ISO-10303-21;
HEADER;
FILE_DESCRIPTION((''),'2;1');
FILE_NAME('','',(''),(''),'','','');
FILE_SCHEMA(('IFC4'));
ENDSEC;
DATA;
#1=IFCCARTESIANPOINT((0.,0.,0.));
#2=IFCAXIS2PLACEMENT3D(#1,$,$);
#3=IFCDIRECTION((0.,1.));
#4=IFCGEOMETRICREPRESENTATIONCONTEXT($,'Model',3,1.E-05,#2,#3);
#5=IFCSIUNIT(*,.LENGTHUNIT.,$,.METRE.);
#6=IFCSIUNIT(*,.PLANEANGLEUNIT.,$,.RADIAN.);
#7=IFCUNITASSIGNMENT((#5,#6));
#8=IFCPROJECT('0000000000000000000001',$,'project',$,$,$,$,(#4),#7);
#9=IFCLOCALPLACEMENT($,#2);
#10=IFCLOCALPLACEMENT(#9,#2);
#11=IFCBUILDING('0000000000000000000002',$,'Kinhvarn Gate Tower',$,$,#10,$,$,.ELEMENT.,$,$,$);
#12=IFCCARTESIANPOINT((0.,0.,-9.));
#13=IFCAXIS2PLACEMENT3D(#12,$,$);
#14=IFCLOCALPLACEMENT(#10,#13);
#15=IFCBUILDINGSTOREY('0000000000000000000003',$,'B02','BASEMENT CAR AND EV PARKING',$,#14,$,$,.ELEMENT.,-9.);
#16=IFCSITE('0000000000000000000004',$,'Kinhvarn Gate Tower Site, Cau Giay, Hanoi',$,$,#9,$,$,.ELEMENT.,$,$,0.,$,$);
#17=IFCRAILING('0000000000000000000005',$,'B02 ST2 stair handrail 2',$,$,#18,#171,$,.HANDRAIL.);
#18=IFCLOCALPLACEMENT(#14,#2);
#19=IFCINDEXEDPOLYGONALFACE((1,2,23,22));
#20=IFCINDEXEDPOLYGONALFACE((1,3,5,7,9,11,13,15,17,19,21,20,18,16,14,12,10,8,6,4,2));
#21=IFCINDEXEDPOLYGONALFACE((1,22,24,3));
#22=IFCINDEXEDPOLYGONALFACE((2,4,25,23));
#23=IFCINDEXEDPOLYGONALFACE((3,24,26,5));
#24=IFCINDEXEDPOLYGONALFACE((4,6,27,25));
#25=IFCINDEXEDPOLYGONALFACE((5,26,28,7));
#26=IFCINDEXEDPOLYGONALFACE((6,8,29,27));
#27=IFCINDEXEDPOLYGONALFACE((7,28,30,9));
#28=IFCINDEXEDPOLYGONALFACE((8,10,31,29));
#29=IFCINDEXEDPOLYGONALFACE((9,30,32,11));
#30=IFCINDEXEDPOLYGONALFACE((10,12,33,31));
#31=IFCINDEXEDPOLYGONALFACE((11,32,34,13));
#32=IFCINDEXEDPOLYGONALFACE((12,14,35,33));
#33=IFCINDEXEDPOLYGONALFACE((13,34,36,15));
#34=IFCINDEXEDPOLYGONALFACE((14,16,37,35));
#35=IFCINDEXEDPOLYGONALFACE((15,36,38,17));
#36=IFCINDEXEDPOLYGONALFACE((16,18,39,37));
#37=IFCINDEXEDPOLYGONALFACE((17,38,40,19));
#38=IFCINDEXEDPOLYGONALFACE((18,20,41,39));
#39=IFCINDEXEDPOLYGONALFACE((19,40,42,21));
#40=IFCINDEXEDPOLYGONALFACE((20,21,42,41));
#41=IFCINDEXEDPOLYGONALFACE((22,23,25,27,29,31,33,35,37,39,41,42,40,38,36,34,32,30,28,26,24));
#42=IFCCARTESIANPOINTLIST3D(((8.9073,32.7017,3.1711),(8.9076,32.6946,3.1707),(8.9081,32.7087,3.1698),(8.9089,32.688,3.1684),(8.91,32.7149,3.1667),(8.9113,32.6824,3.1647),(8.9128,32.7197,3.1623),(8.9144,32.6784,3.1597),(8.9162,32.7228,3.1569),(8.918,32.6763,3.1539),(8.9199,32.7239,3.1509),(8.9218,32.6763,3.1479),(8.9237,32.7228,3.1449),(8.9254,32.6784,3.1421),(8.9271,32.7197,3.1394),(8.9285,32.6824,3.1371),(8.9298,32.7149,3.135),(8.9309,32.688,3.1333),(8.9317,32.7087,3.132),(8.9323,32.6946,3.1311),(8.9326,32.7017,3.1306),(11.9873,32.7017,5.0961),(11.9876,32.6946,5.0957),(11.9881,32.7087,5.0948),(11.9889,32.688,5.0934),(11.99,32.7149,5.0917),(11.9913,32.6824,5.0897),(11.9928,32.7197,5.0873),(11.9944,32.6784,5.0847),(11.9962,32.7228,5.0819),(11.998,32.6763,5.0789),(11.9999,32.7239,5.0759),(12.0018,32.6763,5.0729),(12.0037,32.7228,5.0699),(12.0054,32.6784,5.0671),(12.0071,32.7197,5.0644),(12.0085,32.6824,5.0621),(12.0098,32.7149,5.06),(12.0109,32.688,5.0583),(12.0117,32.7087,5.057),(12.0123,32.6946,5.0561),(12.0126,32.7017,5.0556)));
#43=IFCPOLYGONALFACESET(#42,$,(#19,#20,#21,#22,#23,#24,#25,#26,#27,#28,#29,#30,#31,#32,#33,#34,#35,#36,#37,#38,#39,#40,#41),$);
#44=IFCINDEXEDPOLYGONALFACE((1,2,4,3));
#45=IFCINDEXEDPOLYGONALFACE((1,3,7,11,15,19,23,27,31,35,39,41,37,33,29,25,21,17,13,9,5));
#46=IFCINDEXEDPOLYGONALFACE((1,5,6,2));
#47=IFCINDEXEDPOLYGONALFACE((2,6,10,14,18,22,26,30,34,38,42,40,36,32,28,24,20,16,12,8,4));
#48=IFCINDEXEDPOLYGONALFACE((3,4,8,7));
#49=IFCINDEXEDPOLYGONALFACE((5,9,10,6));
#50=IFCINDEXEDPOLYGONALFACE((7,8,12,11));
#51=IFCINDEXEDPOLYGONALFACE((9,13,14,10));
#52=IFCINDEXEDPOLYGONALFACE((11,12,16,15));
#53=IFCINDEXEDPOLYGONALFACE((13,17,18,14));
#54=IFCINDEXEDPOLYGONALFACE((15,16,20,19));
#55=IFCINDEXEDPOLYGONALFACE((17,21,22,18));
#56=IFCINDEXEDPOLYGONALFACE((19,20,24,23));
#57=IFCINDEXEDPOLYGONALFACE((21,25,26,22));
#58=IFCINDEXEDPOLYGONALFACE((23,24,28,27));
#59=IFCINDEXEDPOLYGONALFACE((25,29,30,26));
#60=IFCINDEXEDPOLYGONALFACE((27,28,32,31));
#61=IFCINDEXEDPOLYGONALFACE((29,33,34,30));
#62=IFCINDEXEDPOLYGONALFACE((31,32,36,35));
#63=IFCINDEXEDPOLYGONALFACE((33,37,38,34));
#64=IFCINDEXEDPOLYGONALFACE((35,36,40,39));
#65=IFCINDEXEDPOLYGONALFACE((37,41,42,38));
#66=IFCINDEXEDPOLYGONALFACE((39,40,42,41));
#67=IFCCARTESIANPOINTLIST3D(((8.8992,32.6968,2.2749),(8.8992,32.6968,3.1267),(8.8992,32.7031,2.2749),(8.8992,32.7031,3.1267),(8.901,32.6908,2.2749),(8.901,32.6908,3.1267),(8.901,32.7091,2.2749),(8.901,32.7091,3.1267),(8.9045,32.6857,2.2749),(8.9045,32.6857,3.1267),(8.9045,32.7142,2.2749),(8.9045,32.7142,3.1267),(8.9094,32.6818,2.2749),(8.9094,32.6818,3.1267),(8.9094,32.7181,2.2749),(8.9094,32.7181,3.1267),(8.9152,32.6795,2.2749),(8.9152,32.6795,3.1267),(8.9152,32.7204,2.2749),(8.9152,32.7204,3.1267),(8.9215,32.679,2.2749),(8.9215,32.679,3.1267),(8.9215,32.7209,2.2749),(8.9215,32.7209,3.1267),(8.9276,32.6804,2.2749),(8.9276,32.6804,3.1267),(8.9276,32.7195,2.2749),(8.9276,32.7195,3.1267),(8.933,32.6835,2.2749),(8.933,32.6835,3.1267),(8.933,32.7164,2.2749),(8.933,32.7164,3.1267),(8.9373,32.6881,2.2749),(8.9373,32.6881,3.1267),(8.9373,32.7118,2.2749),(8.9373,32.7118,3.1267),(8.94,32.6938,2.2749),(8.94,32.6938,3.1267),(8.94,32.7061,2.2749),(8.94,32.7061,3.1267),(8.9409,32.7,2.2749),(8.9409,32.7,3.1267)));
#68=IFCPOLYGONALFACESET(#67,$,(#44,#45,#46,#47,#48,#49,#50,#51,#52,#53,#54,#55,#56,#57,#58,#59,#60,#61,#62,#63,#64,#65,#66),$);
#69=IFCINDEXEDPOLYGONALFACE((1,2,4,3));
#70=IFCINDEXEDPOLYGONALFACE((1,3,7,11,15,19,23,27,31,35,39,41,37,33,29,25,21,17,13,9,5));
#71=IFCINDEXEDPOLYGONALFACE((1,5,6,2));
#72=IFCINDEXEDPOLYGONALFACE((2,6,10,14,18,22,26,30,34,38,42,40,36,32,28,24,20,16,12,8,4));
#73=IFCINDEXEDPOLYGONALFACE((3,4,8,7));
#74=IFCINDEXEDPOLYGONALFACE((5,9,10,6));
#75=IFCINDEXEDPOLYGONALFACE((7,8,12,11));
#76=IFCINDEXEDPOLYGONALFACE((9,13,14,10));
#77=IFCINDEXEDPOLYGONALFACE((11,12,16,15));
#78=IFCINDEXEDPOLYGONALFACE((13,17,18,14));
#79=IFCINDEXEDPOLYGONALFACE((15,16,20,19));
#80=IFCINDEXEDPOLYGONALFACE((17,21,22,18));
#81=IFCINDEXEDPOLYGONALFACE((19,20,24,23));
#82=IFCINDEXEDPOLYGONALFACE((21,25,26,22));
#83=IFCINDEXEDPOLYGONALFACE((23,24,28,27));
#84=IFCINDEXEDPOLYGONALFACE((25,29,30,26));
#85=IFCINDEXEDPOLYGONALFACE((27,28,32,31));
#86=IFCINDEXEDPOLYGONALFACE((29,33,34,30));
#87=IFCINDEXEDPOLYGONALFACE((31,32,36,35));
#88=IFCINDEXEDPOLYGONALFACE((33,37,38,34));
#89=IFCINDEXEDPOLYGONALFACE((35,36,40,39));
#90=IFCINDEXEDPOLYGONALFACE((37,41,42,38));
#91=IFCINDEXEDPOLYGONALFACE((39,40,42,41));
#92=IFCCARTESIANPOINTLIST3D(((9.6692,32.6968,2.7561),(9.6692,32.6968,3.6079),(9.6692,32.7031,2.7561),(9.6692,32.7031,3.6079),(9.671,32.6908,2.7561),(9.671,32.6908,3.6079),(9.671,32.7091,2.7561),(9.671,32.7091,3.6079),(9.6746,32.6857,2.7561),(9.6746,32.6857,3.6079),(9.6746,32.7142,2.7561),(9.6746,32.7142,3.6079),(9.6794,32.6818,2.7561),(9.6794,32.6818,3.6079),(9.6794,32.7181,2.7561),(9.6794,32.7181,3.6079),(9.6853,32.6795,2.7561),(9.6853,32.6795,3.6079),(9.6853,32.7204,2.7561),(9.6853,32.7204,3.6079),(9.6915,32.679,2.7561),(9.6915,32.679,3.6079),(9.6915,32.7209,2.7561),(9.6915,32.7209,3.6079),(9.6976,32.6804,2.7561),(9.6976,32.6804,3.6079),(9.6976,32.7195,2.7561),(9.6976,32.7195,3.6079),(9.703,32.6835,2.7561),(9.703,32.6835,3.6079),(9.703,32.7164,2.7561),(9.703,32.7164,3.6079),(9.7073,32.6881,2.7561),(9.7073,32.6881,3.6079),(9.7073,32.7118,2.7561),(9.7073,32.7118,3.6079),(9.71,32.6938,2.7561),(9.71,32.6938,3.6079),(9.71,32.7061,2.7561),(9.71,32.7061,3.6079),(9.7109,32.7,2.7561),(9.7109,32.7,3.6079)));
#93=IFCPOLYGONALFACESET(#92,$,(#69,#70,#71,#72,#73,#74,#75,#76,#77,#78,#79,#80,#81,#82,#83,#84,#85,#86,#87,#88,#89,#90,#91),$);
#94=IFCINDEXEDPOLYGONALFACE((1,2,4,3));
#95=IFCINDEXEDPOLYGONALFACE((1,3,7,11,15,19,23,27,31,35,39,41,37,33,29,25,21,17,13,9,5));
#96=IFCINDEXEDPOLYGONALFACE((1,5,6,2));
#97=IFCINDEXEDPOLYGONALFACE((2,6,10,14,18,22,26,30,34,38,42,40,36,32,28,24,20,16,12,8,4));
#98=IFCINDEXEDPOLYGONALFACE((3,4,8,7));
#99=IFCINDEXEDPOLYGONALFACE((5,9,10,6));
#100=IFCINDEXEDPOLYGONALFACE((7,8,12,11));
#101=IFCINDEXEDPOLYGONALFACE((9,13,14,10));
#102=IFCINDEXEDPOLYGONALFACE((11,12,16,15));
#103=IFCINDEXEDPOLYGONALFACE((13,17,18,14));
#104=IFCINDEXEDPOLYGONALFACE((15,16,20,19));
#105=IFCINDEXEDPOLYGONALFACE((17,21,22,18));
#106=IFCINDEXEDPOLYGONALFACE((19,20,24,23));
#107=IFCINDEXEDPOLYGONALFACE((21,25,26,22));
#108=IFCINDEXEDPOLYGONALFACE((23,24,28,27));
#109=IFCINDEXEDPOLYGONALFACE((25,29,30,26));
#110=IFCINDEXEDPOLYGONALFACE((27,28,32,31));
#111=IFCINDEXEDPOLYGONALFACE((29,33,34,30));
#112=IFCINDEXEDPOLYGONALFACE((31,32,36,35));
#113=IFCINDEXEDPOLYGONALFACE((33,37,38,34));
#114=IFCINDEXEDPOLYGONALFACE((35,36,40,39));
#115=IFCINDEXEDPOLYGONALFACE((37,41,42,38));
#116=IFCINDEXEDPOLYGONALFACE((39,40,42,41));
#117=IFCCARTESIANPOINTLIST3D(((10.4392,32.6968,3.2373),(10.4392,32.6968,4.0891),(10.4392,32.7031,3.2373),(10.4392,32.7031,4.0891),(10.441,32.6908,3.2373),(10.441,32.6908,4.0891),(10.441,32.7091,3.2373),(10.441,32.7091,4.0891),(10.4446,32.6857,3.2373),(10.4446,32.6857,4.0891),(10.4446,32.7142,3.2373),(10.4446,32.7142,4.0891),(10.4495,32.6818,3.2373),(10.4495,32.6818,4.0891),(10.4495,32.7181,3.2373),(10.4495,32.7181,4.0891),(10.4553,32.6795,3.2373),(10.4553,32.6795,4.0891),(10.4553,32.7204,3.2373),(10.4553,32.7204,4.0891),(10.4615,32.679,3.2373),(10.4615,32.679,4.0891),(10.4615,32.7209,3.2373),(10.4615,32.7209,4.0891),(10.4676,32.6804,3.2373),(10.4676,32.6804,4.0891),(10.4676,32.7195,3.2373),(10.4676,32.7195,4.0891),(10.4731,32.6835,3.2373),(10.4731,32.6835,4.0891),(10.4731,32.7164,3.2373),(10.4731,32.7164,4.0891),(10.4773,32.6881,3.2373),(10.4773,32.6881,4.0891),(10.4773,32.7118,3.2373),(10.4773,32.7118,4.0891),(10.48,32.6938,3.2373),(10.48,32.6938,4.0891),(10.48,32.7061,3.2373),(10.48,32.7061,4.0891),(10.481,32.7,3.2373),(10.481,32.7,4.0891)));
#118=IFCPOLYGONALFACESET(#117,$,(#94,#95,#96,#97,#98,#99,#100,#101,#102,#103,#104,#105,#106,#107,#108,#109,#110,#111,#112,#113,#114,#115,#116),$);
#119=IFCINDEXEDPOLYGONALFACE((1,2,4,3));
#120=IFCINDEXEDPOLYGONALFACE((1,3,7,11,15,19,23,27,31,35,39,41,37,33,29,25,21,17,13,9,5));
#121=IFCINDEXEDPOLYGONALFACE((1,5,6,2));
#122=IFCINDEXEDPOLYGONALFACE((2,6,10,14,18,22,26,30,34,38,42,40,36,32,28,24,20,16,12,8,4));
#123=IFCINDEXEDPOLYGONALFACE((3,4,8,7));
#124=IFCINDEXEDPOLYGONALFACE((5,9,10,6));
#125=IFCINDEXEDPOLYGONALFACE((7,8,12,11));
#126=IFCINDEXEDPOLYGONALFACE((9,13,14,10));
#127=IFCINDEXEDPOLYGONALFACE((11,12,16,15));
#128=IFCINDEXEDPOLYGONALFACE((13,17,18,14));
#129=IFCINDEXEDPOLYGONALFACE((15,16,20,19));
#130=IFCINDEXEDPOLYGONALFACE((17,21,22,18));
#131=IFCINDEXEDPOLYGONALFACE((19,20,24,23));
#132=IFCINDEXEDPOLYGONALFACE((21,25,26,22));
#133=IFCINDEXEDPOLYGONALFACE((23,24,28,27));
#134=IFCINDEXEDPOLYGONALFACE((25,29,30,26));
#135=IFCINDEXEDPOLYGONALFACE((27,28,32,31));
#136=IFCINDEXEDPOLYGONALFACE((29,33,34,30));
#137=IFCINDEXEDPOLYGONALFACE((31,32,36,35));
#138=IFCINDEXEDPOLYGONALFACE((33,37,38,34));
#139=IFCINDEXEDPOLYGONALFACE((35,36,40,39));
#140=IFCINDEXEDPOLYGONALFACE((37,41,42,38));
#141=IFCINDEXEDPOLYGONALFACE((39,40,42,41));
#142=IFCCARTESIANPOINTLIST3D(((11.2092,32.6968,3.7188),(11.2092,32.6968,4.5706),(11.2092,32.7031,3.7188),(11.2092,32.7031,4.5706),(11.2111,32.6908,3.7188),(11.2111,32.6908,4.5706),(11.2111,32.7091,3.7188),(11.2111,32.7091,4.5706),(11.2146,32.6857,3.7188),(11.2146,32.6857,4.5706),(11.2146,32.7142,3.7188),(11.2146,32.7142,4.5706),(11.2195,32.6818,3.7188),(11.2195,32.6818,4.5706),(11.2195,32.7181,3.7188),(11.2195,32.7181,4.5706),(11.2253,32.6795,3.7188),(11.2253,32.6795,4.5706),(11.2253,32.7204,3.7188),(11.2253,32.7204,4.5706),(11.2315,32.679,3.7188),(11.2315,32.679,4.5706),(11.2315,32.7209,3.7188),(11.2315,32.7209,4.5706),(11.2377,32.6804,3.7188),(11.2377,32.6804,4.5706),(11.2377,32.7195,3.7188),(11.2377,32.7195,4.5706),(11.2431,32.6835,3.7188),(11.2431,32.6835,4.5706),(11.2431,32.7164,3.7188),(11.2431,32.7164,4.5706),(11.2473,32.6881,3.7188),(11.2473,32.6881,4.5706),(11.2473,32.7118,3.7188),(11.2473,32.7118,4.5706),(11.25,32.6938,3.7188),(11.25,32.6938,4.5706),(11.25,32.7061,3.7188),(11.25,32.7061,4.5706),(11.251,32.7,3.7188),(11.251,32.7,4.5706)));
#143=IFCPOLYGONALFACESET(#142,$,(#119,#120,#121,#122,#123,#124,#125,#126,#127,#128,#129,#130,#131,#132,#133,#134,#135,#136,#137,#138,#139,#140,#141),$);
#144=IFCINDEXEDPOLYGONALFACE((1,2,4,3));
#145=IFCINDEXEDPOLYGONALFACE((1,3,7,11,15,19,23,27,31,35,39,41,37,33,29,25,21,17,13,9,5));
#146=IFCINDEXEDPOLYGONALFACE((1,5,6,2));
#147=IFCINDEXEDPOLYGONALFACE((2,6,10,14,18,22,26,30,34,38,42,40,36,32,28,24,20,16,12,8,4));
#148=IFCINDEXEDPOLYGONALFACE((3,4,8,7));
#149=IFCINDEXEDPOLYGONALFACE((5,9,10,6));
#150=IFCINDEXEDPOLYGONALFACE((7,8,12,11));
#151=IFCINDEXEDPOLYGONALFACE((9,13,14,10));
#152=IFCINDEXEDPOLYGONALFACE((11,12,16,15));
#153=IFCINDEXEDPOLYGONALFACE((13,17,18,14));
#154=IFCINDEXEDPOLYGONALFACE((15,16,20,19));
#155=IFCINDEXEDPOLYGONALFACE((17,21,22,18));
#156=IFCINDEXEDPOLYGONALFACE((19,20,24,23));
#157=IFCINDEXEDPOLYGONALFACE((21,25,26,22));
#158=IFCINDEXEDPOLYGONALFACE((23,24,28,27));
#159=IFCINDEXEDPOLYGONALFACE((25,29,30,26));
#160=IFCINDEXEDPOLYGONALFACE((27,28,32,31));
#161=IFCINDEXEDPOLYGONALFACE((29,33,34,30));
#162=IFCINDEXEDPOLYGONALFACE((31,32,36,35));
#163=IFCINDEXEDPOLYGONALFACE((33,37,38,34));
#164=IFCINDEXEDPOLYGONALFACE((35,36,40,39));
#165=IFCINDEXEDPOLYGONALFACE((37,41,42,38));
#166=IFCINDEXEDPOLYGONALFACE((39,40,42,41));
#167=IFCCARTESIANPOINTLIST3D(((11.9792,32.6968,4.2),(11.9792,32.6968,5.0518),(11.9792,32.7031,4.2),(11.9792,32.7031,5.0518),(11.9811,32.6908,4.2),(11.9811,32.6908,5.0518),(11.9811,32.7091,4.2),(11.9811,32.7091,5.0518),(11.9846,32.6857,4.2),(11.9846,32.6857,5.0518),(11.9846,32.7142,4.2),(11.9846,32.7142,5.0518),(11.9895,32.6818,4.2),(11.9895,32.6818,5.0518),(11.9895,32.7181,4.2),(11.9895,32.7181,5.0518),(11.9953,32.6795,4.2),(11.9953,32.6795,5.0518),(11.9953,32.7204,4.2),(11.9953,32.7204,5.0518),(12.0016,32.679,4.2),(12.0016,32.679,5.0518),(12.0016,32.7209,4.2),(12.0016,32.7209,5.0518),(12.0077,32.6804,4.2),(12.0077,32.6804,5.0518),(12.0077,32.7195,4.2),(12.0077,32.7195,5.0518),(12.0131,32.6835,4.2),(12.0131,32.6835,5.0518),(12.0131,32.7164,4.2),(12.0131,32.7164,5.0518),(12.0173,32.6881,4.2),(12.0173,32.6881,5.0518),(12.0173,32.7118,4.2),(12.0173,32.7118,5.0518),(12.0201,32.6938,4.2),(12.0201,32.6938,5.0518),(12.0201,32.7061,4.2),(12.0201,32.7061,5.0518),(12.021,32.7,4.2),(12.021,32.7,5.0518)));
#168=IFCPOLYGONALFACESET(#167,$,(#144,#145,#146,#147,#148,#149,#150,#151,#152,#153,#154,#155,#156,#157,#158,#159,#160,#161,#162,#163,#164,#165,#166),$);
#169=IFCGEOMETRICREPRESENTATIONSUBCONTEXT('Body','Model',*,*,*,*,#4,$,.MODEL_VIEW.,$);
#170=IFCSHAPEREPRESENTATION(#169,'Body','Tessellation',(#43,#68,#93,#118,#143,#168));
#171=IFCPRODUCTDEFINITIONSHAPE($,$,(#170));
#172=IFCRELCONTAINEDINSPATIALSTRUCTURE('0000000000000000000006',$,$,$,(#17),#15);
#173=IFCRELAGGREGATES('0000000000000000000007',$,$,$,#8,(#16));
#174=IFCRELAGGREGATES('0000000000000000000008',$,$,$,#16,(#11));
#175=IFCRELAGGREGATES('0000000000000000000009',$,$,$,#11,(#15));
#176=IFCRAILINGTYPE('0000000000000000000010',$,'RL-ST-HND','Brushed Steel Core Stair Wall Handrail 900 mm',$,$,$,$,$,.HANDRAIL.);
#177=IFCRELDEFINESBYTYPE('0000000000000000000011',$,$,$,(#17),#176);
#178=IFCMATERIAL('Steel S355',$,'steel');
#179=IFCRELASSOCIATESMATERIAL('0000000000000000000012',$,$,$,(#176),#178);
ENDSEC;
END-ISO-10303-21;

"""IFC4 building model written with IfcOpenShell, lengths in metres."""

from ifc_helpers import new_model, si_unit, direction, frame, origin, origin_2d, place, context, subcontext, project, spatial, circle, extrude, material, type_object, element, save


model = new_model("IFC4")

# Units and contexts
model_context = context("Model", 3, precision=1e-05, world=origin(), true_north=direction((0.0, 1.0)))
body_context = subcontext(model_context, "Body", "Model", "MODEL_VIEW")
ifc_project = project(units=[si_unit("LENGTHUNIT", "METRE"), si_unit("PLANEANGLEUNIT", "RADIAN")], contexts=[model_context])

# Site, building, storey
site_placement = place(None, origin())
site = spatial("IfcSite", under=ifc_project, at=site_placement, Name="Kinhvarn Gate Tower Site, Cau Giay, Hanoi", CompositionType="ELEMENT", RefElevation=0.0)
building_placement = place(site_placement, origin())
building = spatial("IfcBuilding", under=site, at=building_placement, Name="Kinhvarn Gate Tower", CompositionType="ELEMENT")
storey_placement = place(building_placement, frame((0.0, 0.0, -9.0)))
storey = spatial("IfcBuildingStorey", under=building, at=storey_placement, Name="B02", Description="BASEMENT CAR AND EV PARKING", CompositionType="ELEMENT", Elevation=-9.0)

# Shared definitions
ifc_material_1 = material(Name="Steel S355", Category="steel")

# Railing
railing_type_1 = type_object("IfcRailingType", Name="RL-ST-HND", Description="Brushed Steel Core Stair Wall Handrail 900 mm", PredefinedType="HANDRAIL", material=ifc_material_1)
railing_1_placement = place(storey_placement, frame((8.9199, 32.7, 2.2749)))
element("IfcRailing", 1, at=railing_1_placement, inside=storey, type_object=railing_type_1, Name="B02 ST2 stair handrail 2", PredefinedType="HANDRAIL", context=body_context, shape_type="SweptSolid", body=[
    extrude(circle(Radius=0.0239, at=origin_2d()), frame((0.0, 0.0, 0.876), z_axis=(0.847998, 0.0, 0.529999), x_axis=(0.0, 1.0, 0.0)), (0.0, 0.0, 1.0), 3.6321),
    extrude(circle(Radius=0.021, at=origin_2d()), origin(), (0.0, 0.0, 1.0), 0.8518),
    extrude(circle(Radius=0.021, at=origin_2d()), frame((0.77, 0.0, 0.4812)), (0.0, 0.0, 1.0), 0.8518),
    extrude(circle(Radius=0.021, at=origin_2d()), frame((1.54, 0.0, 0.9624)), (0.0, 0.0, 1.0), 0.8518),
    extrude(circle(Radius=0.021, at=origin_2d()), frame((2.3101, 0.0, 1.4438)), (0.0, 0.0, 1.0), 0.8518),
    extrude(circle(Radius=0.021, at=origin_2d()), frame((3.0801, 0.0, 1.925)), (0.0, 0.0, 1.0), 0.8518),
])

save(model, "model.ifc")
